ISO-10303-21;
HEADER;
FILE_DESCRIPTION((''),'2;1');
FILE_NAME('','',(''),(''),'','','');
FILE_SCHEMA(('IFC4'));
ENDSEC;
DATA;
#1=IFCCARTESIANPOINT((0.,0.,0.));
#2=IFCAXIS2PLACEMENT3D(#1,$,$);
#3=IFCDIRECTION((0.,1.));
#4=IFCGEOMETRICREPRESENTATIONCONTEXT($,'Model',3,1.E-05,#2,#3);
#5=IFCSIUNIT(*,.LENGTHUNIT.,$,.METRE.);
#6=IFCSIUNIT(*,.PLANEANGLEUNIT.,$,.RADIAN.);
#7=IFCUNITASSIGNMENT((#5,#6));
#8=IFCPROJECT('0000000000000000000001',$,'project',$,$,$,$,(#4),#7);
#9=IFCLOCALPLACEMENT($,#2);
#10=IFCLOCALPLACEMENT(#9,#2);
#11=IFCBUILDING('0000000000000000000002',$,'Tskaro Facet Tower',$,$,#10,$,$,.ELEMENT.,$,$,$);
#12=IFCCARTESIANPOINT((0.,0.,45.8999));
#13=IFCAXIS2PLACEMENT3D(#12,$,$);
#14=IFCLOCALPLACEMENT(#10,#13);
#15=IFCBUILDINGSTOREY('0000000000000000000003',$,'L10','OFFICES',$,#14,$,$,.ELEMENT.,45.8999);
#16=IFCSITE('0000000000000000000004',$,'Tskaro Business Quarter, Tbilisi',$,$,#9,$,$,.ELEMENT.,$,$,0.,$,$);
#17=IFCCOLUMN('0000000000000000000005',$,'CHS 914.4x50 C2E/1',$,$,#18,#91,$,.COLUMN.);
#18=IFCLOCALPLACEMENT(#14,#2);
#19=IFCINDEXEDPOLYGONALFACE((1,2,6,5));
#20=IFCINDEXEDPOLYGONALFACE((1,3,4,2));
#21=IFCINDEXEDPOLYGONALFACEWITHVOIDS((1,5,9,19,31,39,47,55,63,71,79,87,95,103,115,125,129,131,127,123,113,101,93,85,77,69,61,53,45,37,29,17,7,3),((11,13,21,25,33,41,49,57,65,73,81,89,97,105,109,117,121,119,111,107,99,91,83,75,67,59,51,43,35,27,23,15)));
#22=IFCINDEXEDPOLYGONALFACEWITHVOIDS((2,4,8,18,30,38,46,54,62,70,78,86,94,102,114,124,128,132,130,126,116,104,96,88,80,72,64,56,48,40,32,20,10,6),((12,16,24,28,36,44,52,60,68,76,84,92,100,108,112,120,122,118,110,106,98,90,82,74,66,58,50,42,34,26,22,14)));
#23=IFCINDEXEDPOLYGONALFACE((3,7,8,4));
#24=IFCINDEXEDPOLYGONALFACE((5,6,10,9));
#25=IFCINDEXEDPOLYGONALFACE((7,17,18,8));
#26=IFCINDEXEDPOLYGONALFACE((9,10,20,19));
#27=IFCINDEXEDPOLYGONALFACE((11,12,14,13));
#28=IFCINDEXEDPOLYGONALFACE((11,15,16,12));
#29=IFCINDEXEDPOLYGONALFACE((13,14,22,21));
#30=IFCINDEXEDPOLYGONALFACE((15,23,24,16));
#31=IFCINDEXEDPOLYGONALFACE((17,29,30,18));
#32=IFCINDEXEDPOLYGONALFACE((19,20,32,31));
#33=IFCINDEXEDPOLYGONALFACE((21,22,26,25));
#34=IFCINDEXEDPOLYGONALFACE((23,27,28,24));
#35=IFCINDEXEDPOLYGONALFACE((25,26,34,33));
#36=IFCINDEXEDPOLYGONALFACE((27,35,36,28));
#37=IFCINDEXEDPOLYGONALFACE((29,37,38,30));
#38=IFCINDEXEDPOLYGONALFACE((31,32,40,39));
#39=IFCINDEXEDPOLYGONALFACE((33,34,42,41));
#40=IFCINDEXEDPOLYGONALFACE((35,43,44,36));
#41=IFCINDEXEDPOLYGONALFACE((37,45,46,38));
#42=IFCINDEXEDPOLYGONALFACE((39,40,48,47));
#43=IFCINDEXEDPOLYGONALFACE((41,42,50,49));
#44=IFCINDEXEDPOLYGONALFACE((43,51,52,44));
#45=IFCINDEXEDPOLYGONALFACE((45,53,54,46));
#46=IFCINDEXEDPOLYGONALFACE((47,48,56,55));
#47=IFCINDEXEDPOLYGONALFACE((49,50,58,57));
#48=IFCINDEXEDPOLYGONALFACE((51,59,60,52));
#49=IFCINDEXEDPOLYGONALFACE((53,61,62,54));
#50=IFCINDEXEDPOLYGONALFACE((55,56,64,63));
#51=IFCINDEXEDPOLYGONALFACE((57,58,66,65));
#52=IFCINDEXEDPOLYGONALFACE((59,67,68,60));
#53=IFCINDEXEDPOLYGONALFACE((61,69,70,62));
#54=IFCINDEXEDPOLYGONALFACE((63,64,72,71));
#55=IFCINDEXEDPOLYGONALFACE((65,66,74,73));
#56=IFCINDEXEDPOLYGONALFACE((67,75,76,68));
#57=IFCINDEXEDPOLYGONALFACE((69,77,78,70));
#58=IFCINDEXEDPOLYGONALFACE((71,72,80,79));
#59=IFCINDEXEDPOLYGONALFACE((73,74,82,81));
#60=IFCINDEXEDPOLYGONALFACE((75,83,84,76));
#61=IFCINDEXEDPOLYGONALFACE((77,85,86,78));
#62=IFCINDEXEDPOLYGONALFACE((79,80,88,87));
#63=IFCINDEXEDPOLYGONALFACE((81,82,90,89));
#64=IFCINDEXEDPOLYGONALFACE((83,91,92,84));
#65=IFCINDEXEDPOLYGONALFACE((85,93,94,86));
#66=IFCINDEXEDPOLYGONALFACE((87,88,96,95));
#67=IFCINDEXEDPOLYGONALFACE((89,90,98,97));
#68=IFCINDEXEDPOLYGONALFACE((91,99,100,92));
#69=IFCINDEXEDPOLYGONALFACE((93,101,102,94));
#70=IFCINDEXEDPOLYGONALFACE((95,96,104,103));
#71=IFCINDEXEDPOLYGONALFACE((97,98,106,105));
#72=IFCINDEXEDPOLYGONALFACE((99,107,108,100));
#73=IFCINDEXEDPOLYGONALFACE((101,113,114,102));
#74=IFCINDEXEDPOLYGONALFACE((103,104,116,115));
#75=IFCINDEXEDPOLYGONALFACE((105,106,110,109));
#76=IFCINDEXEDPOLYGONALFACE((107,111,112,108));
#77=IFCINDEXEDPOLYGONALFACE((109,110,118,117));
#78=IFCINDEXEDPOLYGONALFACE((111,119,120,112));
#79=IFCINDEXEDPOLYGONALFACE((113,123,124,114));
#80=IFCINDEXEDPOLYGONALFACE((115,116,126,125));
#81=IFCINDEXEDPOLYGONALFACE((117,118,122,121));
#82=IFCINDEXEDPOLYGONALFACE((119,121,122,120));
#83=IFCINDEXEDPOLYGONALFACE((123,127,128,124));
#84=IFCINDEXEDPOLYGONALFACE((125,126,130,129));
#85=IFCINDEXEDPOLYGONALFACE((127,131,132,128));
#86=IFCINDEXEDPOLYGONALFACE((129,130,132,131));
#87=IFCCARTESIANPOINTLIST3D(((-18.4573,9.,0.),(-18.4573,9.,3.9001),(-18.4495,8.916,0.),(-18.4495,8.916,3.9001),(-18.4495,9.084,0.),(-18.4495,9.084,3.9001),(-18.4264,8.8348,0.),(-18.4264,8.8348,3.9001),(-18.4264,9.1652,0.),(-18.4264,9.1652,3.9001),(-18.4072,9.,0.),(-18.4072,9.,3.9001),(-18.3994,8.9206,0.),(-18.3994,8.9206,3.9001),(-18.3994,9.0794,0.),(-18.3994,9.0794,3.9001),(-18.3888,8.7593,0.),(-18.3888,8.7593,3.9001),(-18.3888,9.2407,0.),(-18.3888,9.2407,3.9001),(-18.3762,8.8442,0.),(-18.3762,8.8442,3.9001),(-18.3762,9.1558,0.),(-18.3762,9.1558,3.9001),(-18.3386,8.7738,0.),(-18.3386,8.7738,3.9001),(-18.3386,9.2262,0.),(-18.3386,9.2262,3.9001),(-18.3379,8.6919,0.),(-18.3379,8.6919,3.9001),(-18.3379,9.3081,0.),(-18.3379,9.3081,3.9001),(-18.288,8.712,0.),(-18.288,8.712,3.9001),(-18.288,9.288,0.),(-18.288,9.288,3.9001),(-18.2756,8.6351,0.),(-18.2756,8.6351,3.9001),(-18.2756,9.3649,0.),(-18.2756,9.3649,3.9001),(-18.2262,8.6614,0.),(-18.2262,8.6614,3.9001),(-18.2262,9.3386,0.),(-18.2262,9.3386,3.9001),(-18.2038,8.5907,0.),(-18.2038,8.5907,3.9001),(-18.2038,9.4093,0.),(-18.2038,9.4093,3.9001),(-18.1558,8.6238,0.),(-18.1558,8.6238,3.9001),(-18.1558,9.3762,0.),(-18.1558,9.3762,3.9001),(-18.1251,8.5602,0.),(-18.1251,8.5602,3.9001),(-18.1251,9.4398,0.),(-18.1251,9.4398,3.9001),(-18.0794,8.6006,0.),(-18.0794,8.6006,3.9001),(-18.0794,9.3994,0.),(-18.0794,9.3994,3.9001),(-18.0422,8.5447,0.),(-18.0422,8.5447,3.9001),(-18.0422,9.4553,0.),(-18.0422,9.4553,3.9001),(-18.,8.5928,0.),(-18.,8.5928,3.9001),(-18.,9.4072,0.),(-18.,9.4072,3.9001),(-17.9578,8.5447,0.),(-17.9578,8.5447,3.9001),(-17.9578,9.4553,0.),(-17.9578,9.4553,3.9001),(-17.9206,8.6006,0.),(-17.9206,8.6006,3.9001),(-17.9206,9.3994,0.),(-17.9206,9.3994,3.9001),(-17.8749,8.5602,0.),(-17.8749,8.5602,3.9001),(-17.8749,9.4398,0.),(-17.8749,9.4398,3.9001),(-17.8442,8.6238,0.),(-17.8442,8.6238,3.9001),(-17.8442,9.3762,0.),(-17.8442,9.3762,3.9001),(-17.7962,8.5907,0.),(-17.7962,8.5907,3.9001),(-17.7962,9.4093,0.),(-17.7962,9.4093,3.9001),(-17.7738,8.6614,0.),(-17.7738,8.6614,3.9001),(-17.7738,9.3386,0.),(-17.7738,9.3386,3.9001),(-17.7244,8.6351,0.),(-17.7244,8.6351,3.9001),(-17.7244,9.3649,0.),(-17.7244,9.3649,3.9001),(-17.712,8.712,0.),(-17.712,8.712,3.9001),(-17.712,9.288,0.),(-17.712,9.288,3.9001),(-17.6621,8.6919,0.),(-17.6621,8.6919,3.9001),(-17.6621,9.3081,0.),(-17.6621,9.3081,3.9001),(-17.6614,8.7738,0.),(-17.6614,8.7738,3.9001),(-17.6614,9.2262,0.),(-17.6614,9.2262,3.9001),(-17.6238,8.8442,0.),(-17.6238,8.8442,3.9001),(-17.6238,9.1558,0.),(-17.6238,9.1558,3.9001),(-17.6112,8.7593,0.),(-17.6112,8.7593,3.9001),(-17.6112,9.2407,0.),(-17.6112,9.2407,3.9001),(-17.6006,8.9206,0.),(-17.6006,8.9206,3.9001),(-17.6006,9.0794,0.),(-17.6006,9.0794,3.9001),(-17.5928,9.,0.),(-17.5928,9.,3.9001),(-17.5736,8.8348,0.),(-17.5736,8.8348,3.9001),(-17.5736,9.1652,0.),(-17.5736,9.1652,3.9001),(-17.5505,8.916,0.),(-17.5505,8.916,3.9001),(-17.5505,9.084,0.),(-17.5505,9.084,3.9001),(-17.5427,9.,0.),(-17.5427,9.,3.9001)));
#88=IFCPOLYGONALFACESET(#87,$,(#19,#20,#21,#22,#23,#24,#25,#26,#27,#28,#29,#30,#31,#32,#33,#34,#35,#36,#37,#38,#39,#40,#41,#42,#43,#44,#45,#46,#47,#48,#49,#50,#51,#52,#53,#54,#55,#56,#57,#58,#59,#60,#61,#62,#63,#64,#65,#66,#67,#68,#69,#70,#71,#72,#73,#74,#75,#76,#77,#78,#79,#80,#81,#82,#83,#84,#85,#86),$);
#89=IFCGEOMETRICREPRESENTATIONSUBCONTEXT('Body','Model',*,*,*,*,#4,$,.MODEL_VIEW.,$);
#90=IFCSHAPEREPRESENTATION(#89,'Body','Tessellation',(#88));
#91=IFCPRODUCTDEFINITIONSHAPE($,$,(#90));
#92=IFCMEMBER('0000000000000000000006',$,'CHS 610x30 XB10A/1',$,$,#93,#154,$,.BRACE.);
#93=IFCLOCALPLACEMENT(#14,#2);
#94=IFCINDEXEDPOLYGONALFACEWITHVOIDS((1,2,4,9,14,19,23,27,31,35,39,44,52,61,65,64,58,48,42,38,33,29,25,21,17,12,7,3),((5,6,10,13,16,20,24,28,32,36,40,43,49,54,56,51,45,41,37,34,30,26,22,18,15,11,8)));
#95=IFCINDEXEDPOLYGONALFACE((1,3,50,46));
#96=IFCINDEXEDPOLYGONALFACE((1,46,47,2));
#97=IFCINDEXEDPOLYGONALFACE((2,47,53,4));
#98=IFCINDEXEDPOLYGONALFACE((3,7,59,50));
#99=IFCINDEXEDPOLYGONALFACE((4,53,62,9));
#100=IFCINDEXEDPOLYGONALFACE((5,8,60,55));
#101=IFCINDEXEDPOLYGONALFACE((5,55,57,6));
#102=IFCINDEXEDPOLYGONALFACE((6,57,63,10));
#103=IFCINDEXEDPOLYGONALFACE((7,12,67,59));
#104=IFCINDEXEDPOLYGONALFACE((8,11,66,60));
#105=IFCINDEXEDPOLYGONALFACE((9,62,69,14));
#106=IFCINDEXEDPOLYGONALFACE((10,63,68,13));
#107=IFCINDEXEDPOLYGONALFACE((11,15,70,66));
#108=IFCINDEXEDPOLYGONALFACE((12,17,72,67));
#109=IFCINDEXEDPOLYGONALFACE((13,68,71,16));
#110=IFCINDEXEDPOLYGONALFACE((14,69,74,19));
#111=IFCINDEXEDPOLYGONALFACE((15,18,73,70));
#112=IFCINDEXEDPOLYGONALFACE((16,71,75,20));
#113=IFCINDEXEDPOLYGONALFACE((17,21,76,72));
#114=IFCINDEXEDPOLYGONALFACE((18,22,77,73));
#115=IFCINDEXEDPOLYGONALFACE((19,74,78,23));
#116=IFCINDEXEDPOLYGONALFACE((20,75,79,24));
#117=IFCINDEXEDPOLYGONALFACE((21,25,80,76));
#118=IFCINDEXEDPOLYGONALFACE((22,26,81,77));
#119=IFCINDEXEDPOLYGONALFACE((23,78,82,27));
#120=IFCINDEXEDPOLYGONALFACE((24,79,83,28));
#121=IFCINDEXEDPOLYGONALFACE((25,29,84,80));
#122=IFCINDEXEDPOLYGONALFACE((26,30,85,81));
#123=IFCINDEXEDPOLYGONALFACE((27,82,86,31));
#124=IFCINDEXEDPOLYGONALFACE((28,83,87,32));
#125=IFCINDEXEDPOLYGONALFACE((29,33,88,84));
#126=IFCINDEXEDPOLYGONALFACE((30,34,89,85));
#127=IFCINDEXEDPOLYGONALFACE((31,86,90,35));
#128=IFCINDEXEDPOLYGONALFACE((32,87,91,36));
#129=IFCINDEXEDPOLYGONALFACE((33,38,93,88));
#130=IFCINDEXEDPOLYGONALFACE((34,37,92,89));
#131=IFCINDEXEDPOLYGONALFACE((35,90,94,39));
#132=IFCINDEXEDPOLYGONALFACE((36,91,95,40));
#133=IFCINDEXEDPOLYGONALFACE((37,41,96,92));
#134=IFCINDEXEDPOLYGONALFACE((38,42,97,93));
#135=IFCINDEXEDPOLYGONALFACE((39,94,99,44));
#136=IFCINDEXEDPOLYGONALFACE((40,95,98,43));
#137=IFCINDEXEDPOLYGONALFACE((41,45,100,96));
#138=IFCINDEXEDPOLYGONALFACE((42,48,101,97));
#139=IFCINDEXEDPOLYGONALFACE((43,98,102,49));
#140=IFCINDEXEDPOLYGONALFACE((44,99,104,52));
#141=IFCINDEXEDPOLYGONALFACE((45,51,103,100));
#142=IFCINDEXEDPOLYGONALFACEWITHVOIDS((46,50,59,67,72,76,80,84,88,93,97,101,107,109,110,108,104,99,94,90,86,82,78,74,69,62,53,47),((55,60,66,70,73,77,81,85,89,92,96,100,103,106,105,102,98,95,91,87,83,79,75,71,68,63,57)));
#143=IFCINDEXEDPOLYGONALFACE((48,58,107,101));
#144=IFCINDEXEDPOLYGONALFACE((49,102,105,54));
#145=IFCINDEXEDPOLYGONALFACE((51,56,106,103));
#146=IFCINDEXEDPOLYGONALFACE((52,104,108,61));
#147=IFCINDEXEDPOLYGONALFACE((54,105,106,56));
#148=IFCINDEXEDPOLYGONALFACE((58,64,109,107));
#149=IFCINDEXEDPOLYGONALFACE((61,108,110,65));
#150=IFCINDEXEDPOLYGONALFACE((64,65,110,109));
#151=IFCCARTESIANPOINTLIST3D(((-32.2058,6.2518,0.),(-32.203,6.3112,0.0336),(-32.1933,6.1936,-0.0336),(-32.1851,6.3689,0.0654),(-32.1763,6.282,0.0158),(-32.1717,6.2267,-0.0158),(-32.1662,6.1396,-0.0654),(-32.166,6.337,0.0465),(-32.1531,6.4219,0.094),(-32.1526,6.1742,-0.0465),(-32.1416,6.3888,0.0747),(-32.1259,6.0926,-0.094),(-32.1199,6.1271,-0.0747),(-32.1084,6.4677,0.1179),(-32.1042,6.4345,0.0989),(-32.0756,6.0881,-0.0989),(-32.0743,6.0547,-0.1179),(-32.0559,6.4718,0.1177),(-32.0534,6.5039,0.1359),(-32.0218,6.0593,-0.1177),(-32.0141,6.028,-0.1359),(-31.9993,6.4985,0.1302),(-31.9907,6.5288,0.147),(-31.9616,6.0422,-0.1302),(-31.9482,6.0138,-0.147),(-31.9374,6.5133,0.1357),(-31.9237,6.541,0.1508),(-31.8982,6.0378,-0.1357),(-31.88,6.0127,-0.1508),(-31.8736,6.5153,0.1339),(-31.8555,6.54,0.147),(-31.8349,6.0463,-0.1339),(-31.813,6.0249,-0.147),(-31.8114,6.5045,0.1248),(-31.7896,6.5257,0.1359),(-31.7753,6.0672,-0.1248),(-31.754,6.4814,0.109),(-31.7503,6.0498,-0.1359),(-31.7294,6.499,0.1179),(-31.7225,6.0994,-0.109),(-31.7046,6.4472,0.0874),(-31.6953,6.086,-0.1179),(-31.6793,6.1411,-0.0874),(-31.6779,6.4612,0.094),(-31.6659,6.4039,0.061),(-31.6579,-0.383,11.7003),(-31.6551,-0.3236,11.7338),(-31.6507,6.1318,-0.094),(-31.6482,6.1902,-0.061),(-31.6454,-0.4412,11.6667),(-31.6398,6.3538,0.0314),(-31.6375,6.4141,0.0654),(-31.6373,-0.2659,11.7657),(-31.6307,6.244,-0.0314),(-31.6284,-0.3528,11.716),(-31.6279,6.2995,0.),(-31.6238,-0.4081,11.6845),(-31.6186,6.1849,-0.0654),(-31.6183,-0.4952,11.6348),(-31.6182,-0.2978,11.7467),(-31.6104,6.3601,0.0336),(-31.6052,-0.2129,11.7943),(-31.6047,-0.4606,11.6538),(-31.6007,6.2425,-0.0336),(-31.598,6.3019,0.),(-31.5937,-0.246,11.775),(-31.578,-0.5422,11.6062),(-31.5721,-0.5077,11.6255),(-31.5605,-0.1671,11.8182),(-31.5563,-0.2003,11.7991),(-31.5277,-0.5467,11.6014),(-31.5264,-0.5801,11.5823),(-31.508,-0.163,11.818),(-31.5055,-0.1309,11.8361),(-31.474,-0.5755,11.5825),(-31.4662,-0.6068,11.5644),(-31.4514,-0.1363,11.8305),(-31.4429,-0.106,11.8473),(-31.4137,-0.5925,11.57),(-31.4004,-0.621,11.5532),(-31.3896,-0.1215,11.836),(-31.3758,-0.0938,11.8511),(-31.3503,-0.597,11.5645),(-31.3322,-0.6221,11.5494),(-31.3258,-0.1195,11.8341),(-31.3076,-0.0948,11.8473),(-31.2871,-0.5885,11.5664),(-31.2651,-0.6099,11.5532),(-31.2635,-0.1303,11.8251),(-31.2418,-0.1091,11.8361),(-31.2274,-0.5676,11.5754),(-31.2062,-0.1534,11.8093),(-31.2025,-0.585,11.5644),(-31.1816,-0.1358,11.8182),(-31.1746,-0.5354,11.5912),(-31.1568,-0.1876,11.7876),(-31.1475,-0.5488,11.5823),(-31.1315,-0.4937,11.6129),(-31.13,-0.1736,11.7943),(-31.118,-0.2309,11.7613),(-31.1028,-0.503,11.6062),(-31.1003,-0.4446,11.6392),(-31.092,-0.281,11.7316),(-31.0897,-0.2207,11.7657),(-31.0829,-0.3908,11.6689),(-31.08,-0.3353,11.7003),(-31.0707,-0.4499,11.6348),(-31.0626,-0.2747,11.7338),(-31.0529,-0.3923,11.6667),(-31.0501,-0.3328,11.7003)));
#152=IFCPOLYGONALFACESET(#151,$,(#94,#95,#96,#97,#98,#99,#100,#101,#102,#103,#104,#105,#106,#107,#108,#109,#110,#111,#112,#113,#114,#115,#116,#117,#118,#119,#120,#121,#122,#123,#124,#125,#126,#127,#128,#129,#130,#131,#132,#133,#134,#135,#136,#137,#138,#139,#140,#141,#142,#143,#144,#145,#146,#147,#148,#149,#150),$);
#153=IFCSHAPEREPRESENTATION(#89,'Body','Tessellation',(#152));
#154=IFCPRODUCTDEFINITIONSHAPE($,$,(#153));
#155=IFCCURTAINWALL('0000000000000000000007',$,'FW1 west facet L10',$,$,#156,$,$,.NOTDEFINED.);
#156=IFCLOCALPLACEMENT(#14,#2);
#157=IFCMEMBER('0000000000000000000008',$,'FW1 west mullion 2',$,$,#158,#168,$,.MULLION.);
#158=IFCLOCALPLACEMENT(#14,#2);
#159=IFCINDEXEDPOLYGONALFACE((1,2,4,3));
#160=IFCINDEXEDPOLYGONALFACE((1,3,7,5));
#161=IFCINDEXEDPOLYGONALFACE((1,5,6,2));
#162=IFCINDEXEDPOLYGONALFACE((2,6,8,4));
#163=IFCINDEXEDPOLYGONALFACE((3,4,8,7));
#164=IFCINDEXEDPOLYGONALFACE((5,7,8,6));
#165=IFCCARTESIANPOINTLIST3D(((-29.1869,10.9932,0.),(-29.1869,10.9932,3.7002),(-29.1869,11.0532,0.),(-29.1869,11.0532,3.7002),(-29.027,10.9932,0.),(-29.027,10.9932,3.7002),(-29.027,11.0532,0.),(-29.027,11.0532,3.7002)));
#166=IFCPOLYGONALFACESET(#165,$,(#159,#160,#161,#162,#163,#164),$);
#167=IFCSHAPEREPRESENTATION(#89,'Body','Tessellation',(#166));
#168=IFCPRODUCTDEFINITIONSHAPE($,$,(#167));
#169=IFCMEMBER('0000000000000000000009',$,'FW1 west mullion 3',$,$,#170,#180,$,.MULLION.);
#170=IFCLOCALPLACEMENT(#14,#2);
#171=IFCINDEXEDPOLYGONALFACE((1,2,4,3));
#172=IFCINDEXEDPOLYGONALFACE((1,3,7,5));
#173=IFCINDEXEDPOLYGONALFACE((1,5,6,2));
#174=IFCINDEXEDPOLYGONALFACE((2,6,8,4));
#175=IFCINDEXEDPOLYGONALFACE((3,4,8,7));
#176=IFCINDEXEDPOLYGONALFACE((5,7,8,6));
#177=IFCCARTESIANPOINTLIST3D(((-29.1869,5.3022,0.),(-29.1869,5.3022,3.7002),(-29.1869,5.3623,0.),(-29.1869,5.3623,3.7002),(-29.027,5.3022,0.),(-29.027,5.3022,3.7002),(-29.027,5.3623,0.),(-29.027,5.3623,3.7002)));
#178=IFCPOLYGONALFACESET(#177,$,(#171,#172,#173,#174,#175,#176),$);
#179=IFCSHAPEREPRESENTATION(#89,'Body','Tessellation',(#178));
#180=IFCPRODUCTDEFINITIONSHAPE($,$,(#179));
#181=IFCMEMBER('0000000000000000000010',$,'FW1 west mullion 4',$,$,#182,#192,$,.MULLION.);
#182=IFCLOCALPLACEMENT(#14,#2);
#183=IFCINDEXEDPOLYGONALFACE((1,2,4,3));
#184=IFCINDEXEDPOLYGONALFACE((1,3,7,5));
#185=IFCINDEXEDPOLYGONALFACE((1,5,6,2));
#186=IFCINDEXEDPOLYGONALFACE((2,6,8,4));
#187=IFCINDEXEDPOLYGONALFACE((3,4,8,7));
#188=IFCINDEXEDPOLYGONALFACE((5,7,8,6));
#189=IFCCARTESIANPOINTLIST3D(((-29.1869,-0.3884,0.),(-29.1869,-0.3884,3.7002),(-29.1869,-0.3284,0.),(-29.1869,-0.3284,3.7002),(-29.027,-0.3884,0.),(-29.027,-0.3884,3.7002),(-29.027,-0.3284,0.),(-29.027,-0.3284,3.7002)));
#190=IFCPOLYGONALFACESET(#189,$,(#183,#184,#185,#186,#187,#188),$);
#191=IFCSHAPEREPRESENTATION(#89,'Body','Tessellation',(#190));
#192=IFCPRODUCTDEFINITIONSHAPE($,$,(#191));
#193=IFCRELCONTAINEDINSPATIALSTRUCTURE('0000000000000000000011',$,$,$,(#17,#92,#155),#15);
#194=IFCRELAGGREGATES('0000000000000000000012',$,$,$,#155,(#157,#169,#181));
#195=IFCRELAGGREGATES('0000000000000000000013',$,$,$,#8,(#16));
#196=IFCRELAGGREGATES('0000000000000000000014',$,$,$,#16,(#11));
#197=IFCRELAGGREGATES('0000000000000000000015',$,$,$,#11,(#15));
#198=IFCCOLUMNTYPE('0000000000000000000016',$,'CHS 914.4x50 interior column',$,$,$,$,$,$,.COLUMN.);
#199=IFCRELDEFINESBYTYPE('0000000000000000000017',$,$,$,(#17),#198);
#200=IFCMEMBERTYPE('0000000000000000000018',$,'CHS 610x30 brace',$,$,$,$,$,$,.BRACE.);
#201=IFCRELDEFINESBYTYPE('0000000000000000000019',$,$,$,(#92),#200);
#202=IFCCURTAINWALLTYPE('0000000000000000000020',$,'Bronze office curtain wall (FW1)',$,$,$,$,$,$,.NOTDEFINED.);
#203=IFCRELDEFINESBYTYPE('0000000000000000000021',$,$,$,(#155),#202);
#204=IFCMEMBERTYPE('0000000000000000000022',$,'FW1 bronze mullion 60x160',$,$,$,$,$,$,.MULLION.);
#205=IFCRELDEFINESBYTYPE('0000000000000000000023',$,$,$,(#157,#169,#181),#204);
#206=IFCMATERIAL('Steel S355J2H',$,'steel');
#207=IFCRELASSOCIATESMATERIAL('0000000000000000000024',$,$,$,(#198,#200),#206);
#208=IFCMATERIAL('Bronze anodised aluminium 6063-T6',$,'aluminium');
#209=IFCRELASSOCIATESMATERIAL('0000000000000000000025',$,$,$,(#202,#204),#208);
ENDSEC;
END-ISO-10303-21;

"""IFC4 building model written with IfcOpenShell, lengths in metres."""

from ifc_helpers import new_model, si_unit, direction, frame, origin, origin_2d, place, context, subcontext, project, spatial, rectangle, hollow_circle, extrude, material, material_profile, profile_set, type_object, element, aggregate, save


model = new_model("IFC4")

# Units and contexts
model_context = context("Model", 3, precision=1e-05, world=origin(), true_north=direction((0.0, 1.0)))
body_context = subcontext(model_context, "Body", "Model", "MODEL_VIEW")
ifc_project = project(units=[si_unit("LENGTHUNIT", "METRE"), si_unit("PLANEANGLEUNIT", "RADIAN")], contexts=[model_context])

# Site, building, storey
site_placement = place(None, origin())
site = spatial("IfcSite", under=ifc_project, at=site_placement, Name="Tskaro Business Quarter, Tbilisi", CompositionType="ELEMENT", RefElevation=0.0)
building_placement = place(site_placement, origin())
building = spatial("IfcBuilding", under=site, at=building_placement, Name="Tskaro Facet Tower", CompositionType="ELEMENT")
storey_placement = place(building_placement, frame((0.0, 0.0, 45.8999)))
storey = spatial("IfcBuildingStorey", under=building, at=storey_placement, Name="L10", Description="OFFICES", CompositionType="ELEMENT", Elevation=45.8999)

# Column
ifc_material_1 = material(Name="Steel S355J2H", Category="steel")
ifc_material_profile_1 = material_profile(ifc_material_1, hollow_circle(Radius=0.4573, WallThickness=0.05, at=origin_2d()), Name="CHS 914.4x50")
ifc_profile_set_1 = profile_set([ifc_material_profile_1], Name="Steel S355J2H")
column_type_1 = type_object("IfcColumnType", Name="CHS 914.4x50 interior column", PredefinedType="COLUMN", material=ifc_profile_set_1)
for number, where, z_axis, x_axis, name in (
    (1, (-18.0, 9.0, 0.0), (0.0, 0.0, 1.0), (1.0, 0.0, 0.0), "CHS 914.4x50 C2E/1"),
):
    element("IfcColumn", number, at=place(storey_placement, frame(where, z_axis=z_axis, x_axis=x_axis)), inside=storey, type_object=column_type_1, Name=name, PredefinedType="COLUMN", context=body_context, shape_type="SweptSolid", body=[
        extrude(hollow_circle(Radius=0.4573, WallThickness=0.05, at=origin_2d()), origin(), (0.0, 0.0, 1.0), 3.9001),
    ])

# Member
ifc_material_profile_2 = material_profile(ifc_material_1, hollow_circle(Radius=0.3049, WallThickness=0.03, at=origin_2d()), Name="CHS 610x30")
ifc_profile_set_2 = profile_set([ifc_material_profile_2], Name="Steel S355J2H")
member_type_1 = type_object("IfcMemberType", Name="CHS 610x30 brace", PredefinedType="BRACE", material=ifc_profile_set_2)
member_1_placement = place(storey_placement, frame((-31.9019, 6.2769, 0.0), z_axis=(0.040697, -0.492866, 0.869153), x_axis=(0.996608, 0.082293, 0.0)))
element("IfcMember", 2, at=member_1_placement, inside=storey, type_object=member_type_1, Name="CHS 610x30 XB10A/1", PredefinedType="BRACE", context=body_context, shape_type="SweptSolid", body=[
    extrude(hollow_circle(Radius=0.3049, WallThickness=0.03, at=origin_2d()), origin(), (0.0, 0.0, 1.0), 13.4617),
])

# Curtain wall, members
ifc_material_2 = material(Name="Bronze anodised aluminium 6063-T6", Category="aluminium")
curtain_wall_type = type_object("IfcCurtainWallType", Name="Bronze office curtain wall (FW1)", PredefinedType="NOTDEFINED", material=ifc_material_2)
curtain_wall_placement = place(storey_placement, origin())
curtain_wall = element("IfcCurtainWall", 3, at=curtain_wall_placement, inside=storey, type_object=curtain_wall_type, Name="FW1 west facet L10", PredefinedType="NOTDEFINED")
ifc_material_profile_3 = material_profile(ifc_material_2, rectangle(XDim=0.0601, YDim=0.1599, at=origin_2d()), Name="Mullion 60x160")
ifc_profile_set_3 = profile_set([ifc_material_profile_3], Name="Bronze anodised aluminium 6063-T6")
member_type_2 = type_object("IfcMemberType", Name="FW1 bronze mullion 60x160", PredefinedType="MULLION", material=ifc_profile_set_3)
member_2_placement = place(storey_placement, frame((-29.1069, 11.0232, 0.0), z_axis=(0.0, 0.0, 1.0), x_axis=(0.0, -1.0, 0.0)))
member_2 = element("IfcMember", 4, at=member_2_placement, type_object=member_type_2, Name="FW1 west mullion 2", PredefinedType="MULLION", context=body_context, shape_type="SweptSolid", body=[
    extrude(rectangle(XDim=0.0601, YDim=0.1599, at=origin_2d()), origin(), (0.0, 0.0, 1.0), 3.7002),
])
member_3_placement = place(storey_placement, frame((-29.1069, 5.3323, 0.0), z_axis=(0.0, 0.0, 1.0), x_axis=(0.0, -1.0, 0.0)))
member_3 = element("IfcMember", 5, at=member_3_placement, type_object=member_type_2, Name="FW1 west mullion 3", PredefinedType="MULLION", context=body_context, shape_type="SweptSolid", body=[
    extrude(rectangle(XDim=0.0601, YDim=0.1599, at=origin_2d()), origin(), (0.0, 0.0, 1.0), 3.7002),
])
member_4_placement = place(storey_placement, frame((-29.1069, -0.3584, 0.0), z_axis=(0.0, 0.0, 1.0), x_axis=(0.0, -1.0, 0.0)))
member_4 = element("IfcMember", 6, at=member_4_placement, type_object=member_type_2, Name="FW1 west mullion 4", PredefinedType="MULLION", context=body_context, shape_type="SweptSolid", body=[
    extrude(rectangle(XDim=0.0601, YDim=0.1599, at=origin_2d()), origin(), (0.0, 0.0, 1.0), 3.7002),
])

aggregate(curtain_wall, [member_2, member_3, member_4])

save(model, "model.ifc")
